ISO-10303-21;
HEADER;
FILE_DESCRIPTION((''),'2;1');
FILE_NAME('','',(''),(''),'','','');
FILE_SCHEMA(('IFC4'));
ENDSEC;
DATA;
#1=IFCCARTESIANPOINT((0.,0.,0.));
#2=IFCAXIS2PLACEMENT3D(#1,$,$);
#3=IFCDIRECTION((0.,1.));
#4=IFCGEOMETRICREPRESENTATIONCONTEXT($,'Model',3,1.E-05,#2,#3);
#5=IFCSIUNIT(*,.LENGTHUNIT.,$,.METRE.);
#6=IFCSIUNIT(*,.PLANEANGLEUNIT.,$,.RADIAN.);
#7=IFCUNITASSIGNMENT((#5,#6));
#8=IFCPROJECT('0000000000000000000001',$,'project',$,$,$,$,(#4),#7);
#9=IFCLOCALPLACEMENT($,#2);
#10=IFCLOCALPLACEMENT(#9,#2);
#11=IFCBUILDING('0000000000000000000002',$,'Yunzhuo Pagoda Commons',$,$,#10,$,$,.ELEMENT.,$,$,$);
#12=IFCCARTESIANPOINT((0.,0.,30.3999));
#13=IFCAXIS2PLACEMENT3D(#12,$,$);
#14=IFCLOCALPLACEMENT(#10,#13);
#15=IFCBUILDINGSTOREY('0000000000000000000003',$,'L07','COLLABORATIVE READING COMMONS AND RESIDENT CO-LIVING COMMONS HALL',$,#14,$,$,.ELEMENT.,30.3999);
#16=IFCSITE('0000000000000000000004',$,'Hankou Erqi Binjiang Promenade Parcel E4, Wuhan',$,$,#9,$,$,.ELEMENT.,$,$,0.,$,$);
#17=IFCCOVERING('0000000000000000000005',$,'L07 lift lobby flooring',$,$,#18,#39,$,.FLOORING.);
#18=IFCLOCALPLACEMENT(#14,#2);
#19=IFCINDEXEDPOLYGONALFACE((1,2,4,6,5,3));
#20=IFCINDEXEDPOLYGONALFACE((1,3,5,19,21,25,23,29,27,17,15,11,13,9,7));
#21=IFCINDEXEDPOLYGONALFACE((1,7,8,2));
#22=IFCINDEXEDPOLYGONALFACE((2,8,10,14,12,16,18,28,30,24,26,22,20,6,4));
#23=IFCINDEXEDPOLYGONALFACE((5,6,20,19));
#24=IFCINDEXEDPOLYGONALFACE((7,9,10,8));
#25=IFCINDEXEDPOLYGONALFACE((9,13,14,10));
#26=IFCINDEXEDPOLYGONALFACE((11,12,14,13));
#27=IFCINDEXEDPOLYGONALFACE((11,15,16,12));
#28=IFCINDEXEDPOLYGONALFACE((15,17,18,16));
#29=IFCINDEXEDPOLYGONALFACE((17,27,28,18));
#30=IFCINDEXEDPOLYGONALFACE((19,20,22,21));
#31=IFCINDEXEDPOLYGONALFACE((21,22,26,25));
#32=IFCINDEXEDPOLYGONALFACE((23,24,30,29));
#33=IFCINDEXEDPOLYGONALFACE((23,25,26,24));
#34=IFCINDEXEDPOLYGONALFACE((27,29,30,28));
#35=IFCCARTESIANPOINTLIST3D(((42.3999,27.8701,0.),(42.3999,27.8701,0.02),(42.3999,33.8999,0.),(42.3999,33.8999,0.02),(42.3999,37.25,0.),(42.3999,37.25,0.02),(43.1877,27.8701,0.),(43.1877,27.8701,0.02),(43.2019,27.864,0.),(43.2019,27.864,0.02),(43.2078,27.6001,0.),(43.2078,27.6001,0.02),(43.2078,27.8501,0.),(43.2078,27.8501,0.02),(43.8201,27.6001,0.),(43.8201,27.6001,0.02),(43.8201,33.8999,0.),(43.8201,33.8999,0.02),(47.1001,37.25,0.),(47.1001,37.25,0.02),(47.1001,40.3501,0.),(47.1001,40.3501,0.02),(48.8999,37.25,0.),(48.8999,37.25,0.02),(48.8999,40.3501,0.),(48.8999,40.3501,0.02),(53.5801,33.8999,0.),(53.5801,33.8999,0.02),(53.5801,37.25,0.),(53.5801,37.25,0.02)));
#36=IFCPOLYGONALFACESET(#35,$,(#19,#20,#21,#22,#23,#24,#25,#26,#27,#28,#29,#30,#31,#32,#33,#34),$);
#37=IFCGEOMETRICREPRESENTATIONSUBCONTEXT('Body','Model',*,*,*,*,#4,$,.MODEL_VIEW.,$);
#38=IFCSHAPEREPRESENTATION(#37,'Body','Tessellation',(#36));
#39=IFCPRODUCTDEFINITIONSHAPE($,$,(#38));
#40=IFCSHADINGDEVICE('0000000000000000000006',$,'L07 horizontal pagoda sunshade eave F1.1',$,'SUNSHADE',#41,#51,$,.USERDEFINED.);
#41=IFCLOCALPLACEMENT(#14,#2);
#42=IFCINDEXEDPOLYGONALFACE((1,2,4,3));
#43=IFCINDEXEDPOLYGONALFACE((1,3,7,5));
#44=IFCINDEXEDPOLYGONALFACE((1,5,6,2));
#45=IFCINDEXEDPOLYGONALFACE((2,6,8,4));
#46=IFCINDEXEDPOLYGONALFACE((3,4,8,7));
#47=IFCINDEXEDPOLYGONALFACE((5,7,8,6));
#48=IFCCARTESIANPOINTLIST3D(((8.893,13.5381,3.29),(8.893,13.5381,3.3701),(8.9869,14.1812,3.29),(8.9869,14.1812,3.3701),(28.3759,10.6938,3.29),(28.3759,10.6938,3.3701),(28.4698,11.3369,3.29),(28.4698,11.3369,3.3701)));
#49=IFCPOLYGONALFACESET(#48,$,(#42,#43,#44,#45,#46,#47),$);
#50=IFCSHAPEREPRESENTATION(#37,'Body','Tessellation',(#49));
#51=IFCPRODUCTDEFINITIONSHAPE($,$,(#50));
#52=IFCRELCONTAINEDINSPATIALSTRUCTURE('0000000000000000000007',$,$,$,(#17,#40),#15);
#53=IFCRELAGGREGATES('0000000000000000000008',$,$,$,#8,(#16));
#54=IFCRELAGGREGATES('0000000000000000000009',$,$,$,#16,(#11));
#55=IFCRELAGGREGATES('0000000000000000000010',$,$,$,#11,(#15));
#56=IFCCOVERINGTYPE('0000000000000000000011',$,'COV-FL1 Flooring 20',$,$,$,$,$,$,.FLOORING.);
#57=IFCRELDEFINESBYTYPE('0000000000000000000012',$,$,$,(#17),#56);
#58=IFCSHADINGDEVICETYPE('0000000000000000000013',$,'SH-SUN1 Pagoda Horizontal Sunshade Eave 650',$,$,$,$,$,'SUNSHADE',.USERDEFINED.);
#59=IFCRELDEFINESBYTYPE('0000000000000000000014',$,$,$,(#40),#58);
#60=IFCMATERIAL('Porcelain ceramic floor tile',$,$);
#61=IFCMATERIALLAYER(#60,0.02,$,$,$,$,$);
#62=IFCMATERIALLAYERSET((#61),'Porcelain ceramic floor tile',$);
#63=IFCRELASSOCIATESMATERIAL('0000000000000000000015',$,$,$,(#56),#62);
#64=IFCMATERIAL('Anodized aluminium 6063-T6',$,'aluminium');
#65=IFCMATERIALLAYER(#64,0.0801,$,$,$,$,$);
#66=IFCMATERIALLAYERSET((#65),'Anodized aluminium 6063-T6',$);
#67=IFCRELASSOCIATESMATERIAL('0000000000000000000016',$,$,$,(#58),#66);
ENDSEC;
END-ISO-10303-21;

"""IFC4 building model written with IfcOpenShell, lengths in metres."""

from ifc_helpers import new_model, si_unit, direction, frame, origin, origin_2d, place, context, subcontext, project, spatial, polyline, rectangle, outline, extrude, source, transform, mapped, material, layer, layer_set, type_object, element, save


model = new_model("IFC4")

# Units and contexts
model_context = context("Model", 3, precision=1e-05, world=origin(), true_north=direction((0.0, 1.0)))
body_context = subcontext(model_context, "Body", "Model", "MODEL_VIEW")
ifc_project = project(units=[si_unit("LENGTHUNIT", "METRE"), si_unit("PLANEANGLEUNIT", "RADIAN")], contexts=[model_context])

# Site, building, storey
site_placement = place(None, origin())
site = spatial("IfcSite", under=ifc_project, at=site_placement, Name="Hankou Erqi Binjiang Promenade Parcel E4, Wuhan", CompositionType="ELEMENT", RefElevation=0.0)
building_placement = place(site_placement, origin())
building = spatial("IfcBuilding", under=site, at=building_placement, Name="Yunzhuo Pagoda Commons", CompositionType="ELEMENT")
storey_placement = place(building_placement, frame((0.0, 0.0, 30.3999)))
storey = spatial("IfcBuildingStorey", under=building, at=storey_placement, Name="L07", Description="COLLABORATIVE READING COMMONS AND RESIDENT CO-LIVING COMMONS HALL", CompositionType="ELEMENT", Elevation=30.3999)

# Shared definitions
ifc_material_1 = material(Name="Anodized aluminium 6063-T6", Category="aluminium")

# Covering
ifc_material_2 = material(Name="Porcelain ceramic floor tile")
ifc_layer_1 = layer(ifc_material_2, 0.02)
ifc_layer_set_1 = layer_set([ifc_layer_1], Name="Porcelain ceramic floor tile")
covering_type_1 = type_object("IfcCoveringType", Name="COV-FL1 Flooring 20", PredefinedType="FLOORING", material=ifc_layer_set_1)
covering_1_placement = place(storey_placement, origin())
element("IfcCovering", 1, at=covering_1_placement, inside=storey, type_object=covering_type_1, Name="L07 lift lobby flooring", PredefinedType="FLOORING", context=body_context, shape_type="SweptSolid", body=[
    extrude(outline(polyline([(43.2078, 27.8501), (43.2019, 27.864), (43.1877, 27.8701), (42.3999, 27.8701), (42.3999, 33.8999), (42.3999, 37.25), (47.1001, 37.25), (47.1001, 40.3501), (48.8999, 40.3501), (48.8999, 37.25), (53.5801, 37.25), (53.5801, 33.8999), (43.8201, 33.8999), (43.8201, 27.6001), (43.2078, 27.6001), (43.2078, 27.8501)])), origin(), (0.0, 0.0, 1.0), 0.02),
])

# Shading device
ifc_layer_2 = layer(ifc_material_1, 0.0801)
ifc_layer_set_2 = layer_set([ifc_layer_2], Name="Anodized aluminium 6063-T6")
shading_device_type = type_object("IfcShadingDeviceType", Name="SH-SUN1 Pagoda Horizontal Sunshade Eave 650", ElementType="SUNSHADE", PredefinedType="USERDEFINED", material=ifc_layer_set_2)
shared_shape_1 = source(origin(), body_context, "Body", "SweptSolid", [
    extrude(rectangle(XDim=19.6895, YDim=0.6499, at=origin_2d()), origin(), (0.0, 0.0, 1.0), 0.0801),
])
shading_device_placement = place(storey_placement, frame((18.6814, 12.4375, 3.29), z_axis=(0.0, 0.0, 1.0), x_axis=(0.989511, -0.14446, 0.0)))
element("IfcShadingDevice", 2, at=shading_device_placement, inside=storey, type_object=shading_device_type, Name="L07 horizontal pagoda sunshade eave F1.1", ObjectType="SUNSHADE", PredefinedType="USERDEFINED", context=body_context, shape_type="MappedRepresentation", body=[
    mapped(shared_shape_1, transform((0.0, 0.0, 0.0), scale=1.0)),
])

save(model, "model.ifc")
